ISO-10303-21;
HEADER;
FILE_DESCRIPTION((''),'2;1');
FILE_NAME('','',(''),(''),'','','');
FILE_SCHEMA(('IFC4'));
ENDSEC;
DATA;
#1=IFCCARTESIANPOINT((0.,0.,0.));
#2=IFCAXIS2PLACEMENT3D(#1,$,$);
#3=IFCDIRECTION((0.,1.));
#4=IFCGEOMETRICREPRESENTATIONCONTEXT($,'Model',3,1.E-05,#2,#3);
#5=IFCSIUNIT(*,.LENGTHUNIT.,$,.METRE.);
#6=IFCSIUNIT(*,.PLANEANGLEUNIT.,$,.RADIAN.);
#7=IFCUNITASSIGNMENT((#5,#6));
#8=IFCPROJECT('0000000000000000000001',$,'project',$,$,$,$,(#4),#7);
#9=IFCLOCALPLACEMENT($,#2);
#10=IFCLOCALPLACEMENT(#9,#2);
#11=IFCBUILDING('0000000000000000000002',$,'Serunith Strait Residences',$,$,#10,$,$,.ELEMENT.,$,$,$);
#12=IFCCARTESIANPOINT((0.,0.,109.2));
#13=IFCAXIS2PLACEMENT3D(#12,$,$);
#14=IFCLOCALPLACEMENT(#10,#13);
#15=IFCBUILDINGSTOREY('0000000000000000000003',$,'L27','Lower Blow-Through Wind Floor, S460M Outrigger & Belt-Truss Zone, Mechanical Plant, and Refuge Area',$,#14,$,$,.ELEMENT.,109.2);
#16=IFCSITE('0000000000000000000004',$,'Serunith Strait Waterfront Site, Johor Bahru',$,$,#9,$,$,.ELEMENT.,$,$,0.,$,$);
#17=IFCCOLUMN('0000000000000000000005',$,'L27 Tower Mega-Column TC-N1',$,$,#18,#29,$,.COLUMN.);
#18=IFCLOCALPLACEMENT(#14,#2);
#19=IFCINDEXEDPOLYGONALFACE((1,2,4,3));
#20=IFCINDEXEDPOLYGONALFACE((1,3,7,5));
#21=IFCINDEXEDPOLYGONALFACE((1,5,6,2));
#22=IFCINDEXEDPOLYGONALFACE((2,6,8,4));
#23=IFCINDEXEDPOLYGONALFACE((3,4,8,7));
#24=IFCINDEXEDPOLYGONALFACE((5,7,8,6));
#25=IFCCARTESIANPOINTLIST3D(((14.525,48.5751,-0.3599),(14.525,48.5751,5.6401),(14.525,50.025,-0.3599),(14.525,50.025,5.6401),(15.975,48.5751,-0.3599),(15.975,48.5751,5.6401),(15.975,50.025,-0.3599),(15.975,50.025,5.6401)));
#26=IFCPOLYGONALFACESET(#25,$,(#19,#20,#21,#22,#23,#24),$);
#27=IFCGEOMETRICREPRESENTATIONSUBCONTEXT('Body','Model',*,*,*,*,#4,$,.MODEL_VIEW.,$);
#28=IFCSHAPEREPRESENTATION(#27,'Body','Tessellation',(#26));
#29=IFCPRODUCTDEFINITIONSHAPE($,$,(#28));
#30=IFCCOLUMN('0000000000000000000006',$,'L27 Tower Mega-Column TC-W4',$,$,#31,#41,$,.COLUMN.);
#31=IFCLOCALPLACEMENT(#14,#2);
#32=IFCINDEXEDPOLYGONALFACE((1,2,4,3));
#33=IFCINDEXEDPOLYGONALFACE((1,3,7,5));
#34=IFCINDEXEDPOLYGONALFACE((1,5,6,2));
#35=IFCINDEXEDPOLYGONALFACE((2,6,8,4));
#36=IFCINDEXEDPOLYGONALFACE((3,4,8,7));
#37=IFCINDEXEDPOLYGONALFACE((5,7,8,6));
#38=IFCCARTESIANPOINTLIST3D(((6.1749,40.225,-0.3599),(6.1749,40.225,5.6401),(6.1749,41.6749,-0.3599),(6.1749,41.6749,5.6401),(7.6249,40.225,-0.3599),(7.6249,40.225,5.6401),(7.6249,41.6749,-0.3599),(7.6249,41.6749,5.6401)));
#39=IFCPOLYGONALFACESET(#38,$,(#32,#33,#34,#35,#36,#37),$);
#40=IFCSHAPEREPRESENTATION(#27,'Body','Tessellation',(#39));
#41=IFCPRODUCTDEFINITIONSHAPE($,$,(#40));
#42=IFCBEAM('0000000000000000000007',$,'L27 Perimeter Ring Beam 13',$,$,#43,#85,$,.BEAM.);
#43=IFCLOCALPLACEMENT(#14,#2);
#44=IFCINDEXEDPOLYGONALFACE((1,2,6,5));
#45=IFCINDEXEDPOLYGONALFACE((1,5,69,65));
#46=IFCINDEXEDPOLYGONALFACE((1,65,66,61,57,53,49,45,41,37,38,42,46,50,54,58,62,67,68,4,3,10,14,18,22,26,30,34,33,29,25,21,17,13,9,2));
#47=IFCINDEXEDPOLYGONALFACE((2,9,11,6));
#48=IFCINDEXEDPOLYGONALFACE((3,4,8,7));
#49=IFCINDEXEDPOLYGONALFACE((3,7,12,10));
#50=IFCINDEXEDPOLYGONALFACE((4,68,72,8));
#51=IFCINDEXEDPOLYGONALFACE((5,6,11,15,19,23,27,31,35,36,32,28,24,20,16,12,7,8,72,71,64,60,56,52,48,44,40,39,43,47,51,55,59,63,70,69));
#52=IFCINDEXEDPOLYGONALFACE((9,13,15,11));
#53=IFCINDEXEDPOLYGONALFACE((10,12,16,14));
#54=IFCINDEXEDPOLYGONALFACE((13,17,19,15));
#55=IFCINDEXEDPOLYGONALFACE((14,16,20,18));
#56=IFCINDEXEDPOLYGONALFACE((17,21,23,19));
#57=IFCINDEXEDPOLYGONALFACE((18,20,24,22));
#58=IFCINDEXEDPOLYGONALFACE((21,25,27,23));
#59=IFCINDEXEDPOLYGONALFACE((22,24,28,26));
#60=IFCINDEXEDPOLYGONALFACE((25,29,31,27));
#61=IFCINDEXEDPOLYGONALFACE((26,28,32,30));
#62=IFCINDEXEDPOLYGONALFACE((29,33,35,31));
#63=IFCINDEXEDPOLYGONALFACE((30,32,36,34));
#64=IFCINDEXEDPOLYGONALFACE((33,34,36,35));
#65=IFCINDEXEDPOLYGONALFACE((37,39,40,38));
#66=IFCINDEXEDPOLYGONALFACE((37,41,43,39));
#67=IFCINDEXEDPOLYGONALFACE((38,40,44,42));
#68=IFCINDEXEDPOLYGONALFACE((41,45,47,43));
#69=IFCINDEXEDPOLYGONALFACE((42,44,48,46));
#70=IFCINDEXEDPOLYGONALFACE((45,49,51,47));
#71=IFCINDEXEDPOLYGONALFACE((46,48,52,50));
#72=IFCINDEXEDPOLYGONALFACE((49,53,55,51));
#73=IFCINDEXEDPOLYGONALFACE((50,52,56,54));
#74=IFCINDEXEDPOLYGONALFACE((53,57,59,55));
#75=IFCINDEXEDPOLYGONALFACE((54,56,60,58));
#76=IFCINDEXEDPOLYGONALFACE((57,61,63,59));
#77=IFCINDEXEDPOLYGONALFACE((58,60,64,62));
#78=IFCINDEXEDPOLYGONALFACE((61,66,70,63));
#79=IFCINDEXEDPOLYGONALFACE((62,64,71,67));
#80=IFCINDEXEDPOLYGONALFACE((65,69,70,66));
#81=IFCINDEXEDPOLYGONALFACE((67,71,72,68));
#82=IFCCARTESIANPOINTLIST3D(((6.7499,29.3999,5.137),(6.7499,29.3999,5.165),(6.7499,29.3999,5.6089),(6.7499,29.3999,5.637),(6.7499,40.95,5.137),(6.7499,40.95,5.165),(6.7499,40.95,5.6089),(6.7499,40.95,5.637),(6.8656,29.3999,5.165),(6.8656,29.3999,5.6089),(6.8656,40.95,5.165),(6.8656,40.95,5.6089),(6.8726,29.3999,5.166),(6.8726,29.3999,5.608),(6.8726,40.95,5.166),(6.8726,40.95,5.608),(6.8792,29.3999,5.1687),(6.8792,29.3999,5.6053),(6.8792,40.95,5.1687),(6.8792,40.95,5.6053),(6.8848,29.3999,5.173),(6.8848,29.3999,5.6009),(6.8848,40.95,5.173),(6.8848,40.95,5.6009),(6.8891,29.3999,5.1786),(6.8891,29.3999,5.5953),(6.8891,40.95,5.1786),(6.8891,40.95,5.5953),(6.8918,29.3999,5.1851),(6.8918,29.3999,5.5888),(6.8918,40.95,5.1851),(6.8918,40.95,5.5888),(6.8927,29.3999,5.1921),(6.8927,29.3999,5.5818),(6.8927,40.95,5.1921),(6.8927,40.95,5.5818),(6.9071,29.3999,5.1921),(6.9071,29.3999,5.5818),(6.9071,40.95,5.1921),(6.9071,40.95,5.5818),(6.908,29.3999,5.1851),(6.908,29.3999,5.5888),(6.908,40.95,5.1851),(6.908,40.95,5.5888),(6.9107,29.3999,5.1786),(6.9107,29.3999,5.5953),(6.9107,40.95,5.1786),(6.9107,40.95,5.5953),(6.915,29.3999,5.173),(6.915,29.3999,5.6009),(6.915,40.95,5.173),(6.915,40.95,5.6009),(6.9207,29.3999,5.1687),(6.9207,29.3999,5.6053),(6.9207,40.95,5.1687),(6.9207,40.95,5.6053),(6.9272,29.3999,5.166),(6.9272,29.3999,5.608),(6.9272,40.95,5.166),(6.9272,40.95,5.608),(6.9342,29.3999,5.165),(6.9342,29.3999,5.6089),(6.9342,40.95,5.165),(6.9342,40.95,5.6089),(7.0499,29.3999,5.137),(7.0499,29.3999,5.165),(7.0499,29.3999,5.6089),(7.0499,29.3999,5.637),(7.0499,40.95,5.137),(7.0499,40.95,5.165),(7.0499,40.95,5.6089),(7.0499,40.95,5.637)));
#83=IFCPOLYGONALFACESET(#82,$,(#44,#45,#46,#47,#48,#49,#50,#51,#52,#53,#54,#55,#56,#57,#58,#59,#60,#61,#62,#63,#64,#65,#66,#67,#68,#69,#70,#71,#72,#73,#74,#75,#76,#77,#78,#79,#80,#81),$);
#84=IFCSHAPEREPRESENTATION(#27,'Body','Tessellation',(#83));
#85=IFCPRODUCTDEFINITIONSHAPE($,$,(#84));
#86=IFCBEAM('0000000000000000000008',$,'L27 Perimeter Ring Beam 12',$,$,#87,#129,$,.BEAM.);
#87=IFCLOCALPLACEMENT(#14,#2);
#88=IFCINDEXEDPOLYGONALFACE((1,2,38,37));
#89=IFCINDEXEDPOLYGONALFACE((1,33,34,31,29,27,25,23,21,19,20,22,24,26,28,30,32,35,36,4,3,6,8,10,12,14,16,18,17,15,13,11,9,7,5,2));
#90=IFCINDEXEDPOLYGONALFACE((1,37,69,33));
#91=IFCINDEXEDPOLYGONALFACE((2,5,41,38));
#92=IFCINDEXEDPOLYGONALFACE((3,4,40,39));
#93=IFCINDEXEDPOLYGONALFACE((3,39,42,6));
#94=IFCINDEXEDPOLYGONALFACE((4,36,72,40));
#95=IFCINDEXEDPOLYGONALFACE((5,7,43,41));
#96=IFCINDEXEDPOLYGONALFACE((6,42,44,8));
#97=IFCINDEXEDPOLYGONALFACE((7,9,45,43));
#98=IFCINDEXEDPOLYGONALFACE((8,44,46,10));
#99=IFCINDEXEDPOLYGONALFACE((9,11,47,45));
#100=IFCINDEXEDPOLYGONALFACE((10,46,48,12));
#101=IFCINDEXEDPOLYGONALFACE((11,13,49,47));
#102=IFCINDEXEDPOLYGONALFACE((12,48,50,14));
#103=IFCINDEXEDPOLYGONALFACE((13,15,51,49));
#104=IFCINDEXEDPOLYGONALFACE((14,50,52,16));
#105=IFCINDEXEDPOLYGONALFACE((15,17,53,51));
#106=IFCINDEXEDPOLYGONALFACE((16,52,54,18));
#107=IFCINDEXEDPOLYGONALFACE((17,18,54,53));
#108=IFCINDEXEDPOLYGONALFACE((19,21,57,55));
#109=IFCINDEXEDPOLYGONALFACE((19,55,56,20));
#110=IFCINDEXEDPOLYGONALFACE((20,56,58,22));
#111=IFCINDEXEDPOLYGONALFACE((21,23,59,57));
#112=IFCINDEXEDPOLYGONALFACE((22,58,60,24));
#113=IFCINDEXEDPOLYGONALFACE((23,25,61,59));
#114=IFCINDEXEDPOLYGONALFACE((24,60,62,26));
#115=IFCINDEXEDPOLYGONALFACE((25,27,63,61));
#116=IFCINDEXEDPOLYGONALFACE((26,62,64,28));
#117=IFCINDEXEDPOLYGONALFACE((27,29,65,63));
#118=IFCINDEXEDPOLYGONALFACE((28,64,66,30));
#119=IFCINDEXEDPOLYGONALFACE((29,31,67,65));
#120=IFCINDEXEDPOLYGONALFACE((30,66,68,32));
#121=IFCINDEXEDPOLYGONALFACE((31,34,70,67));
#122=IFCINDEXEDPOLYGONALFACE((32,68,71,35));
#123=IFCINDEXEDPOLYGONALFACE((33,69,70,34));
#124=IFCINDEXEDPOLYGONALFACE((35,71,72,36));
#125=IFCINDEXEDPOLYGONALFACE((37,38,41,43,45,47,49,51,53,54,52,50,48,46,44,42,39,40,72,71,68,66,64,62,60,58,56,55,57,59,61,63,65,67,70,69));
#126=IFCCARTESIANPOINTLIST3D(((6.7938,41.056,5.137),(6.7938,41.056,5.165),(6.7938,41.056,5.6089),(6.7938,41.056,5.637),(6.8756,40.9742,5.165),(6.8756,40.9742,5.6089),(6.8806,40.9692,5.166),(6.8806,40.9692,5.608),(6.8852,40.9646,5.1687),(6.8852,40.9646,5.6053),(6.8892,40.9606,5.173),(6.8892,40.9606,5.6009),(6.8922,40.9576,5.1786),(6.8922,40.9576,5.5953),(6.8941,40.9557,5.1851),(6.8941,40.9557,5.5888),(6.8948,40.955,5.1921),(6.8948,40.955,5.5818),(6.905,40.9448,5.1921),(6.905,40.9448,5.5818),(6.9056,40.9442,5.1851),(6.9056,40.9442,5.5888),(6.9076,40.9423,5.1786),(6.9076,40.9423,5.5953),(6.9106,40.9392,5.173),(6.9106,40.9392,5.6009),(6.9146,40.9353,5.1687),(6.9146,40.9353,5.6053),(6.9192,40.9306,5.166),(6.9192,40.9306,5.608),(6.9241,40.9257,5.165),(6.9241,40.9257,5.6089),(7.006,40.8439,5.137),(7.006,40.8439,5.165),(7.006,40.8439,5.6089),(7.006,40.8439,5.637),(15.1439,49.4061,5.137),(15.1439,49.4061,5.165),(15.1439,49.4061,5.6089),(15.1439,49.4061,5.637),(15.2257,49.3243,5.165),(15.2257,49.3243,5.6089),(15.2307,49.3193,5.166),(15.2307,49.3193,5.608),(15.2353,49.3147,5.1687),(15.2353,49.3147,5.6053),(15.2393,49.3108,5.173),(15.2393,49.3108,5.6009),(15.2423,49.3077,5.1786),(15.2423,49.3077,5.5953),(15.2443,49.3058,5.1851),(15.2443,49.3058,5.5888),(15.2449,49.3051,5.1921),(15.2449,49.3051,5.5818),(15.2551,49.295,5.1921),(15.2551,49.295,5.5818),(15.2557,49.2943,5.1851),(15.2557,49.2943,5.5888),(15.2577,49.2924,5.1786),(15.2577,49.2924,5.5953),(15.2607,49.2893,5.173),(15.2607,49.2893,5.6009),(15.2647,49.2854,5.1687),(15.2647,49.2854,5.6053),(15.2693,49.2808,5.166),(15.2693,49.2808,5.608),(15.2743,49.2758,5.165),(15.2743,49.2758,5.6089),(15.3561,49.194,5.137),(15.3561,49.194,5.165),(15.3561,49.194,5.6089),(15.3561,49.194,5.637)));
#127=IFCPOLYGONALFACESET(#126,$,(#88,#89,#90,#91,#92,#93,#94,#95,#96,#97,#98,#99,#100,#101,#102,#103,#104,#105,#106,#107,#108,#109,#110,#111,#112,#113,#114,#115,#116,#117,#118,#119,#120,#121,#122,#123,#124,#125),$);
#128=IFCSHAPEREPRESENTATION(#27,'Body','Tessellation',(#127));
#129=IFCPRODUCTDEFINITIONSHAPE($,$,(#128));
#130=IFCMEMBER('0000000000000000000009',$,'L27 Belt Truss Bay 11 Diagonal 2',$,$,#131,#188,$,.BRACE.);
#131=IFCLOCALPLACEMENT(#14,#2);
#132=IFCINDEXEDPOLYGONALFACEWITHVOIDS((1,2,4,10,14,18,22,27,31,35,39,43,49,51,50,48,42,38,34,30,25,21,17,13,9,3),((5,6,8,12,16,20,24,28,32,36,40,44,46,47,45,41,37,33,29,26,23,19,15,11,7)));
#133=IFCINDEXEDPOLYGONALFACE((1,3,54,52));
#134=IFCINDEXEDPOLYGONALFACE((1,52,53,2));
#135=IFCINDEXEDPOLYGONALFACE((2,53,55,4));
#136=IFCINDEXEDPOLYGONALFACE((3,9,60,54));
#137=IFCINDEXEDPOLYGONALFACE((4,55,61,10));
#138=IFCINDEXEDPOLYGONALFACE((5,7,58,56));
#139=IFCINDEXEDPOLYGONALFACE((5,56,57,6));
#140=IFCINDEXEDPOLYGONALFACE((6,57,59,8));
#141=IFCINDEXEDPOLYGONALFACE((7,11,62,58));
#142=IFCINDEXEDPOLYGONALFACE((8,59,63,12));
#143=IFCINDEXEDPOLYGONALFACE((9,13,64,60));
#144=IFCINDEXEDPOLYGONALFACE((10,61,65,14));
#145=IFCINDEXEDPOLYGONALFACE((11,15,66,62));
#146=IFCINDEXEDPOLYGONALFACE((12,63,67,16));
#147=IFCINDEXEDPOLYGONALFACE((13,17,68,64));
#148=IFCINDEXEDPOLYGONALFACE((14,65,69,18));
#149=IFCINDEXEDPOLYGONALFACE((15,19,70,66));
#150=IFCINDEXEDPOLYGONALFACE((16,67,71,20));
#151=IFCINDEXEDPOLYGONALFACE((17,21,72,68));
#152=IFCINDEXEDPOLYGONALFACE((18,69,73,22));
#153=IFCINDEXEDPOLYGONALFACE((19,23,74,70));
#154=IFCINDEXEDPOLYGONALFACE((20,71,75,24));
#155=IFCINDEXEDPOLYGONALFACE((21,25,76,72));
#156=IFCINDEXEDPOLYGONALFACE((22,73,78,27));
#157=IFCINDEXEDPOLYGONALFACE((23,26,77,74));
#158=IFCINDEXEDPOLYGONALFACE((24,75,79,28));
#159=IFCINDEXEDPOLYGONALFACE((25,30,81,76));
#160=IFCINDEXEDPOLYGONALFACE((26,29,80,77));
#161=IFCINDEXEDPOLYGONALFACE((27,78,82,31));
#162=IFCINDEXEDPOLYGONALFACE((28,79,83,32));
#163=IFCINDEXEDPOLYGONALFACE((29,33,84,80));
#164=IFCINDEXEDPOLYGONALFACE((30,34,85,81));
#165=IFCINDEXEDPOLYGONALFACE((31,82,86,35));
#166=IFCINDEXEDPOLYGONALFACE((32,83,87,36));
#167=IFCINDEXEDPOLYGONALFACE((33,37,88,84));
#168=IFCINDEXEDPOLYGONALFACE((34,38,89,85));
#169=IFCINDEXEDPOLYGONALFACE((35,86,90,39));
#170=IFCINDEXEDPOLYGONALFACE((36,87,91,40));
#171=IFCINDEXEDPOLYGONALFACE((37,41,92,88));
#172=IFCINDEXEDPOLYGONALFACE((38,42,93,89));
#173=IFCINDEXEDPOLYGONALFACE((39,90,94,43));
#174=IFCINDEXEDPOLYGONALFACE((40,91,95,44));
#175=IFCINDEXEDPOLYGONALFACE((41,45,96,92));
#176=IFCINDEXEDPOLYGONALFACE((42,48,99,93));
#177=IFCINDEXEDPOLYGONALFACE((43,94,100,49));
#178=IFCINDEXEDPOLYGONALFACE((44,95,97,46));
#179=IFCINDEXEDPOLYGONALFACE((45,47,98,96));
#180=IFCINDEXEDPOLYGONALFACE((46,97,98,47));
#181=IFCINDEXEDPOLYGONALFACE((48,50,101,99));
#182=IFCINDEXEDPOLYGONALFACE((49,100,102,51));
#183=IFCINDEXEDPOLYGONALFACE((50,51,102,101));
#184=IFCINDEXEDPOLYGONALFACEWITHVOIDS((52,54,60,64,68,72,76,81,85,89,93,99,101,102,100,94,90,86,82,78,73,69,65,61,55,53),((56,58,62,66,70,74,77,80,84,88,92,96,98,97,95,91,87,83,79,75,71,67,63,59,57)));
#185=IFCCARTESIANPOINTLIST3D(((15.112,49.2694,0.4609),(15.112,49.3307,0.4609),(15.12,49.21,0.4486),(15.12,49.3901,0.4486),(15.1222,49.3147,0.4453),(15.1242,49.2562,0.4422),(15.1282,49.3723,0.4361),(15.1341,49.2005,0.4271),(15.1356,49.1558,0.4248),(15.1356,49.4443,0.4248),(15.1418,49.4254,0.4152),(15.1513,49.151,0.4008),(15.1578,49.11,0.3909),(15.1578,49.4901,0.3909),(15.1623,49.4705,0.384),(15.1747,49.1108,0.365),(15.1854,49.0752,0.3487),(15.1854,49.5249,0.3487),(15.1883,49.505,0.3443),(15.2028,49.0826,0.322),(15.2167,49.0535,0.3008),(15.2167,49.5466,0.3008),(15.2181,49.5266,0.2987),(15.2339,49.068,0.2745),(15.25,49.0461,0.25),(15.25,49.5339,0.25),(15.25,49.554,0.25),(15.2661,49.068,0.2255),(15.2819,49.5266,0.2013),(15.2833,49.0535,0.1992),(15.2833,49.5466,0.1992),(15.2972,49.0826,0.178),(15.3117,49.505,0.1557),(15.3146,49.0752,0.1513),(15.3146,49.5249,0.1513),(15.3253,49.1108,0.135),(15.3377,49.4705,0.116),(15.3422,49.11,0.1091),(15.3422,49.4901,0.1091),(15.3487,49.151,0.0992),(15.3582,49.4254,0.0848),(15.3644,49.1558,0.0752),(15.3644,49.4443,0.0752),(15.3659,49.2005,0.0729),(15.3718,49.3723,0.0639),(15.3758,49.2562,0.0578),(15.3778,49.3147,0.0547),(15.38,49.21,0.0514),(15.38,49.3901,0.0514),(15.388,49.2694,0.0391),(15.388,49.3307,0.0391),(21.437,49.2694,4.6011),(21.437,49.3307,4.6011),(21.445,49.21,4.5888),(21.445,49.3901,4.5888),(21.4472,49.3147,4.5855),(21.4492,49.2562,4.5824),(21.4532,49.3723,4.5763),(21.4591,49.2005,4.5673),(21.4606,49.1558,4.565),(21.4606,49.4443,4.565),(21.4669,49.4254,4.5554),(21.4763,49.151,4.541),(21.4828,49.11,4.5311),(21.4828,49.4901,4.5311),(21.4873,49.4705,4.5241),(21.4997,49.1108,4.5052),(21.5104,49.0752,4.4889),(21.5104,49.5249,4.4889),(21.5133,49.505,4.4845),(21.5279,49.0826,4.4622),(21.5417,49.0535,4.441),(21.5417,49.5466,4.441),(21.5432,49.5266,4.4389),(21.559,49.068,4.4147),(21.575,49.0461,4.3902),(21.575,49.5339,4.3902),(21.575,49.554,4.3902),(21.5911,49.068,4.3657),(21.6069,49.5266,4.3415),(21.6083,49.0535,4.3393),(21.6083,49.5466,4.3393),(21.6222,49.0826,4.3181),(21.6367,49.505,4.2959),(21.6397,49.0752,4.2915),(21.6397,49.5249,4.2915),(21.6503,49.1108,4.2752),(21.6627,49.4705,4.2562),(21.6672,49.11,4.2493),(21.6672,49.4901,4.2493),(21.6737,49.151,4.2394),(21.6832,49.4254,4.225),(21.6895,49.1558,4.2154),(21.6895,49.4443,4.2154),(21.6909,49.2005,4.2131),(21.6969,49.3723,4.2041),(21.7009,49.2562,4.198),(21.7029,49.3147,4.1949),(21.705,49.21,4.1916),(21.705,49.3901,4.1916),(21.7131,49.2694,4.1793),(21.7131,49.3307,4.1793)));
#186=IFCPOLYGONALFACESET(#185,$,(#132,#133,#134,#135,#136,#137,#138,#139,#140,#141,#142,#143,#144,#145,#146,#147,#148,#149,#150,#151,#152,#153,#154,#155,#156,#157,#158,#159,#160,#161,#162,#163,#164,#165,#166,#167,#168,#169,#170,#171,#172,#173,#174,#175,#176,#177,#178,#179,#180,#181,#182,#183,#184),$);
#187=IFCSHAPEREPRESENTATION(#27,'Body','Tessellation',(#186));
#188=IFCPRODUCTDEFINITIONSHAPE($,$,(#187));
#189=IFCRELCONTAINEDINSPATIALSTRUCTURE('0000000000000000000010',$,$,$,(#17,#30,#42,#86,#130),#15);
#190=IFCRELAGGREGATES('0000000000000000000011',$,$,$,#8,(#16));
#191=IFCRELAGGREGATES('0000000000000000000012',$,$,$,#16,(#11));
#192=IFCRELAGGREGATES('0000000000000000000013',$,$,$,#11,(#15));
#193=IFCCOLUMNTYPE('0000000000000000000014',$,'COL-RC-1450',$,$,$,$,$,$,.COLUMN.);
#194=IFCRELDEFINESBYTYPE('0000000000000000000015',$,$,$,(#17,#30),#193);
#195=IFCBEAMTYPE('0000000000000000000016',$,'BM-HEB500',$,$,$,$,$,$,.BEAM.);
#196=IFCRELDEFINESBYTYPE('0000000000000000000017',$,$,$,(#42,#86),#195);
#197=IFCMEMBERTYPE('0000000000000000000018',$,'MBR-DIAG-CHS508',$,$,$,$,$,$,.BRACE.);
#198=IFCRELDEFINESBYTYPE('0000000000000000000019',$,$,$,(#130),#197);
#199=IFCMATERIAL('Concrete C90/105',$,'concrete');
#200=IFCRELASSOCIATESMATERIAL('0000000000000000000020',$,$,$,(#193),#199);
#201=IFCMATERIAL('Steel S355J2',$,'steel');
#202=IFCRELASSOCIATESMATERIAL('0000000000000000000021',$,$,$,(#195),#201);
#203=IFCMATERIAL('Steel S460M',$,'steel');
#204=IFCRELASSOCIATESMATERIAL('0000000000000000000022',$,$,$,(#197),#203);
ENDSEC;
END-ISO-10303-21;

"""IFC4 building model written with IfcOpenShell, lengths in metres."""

from ifc_helpers import new_model, si_unit, direction, frame, origin, origin_2d, place, context, subcontext, project, spatial, rectangle, hollow_circle, i_section, extrude, source, transform, mapped, material, material_profile, profile_set, type_object, element, save


model = new_model("IFC4")

# Units and contexts
model_context = context("Model", 3, precision=1e-05, world=origin(), true_north=direction((0.0, 1.0)))
body_context = subcontext(model_context, "Body", "Model", "MODEL_VIEW")
ifc_project = project(units=[si_unit("LENGTHUNIT", "METRE"), si_unit("PLANEANGLEUNIT", "RADIAN")], contexts=[model_context])

# Site, building, storey
site_placement = place(None, origin())
site = spatial("IfcSite", under=ifc_project, at=site_placement, Name="Serunith Strait Waterfront Site, Johor Bahru", CompositionType="ELEMENT", RefElevation=0.0)
building_placement = place(site_placement, origin())
building = spatial("IfcBuilding", under=site, at=building_placement, Name="Serunith Strait Residences", CompositionType="ELEMENT")
storey_placement = place(building_placement, frame((0.0, 0.0, 109.2)))
storey = spatial("IfcBuildingStorey", under=building, at=storey_placement, Name="L27", Description="Lower Blow-Through Wind Floor, S460M Outrigger & Belt-Truss Zone, Mechanical Plant, and Refuge Area", CompositionType="ELEMENT", Elevation=109.2)

# Columns
ifc_material_1 = material(Name="Concrete C90/105", Category="concrete")
ifc_material_profile_1 = material_profile(ifc_material_1, rectangle(XDim=1.45, YDim=1.45, at=origin_2d()), Name="RC 1450x1450")
ifc_profile_set_1 = profile_set([ifc_material_profile_1], Name="Concrete C90/105")
column_type = type_object("IfcColumnType", Name="COL-RC-1450", PredefinedType="COLUMN", material=ifc_profile_set_1)
shared_shape_1 = source(origin(), body_context, "Body", "SweptSolid", [
    extrude(rectangle(XDim=1.45, YDim=1.45, at=origin_2d()), origin(), (0.0, 0.0, 1.0), 6.0),
])
for number, where, z_axis, x_axis, name in (
    (1, (15.25, 49.3, -0.3599), (0.0, 0.0, 1.0), (1.0, 0.0, 0.0), "L27 Tower Mega-Column TC-N1"),
    (2, (6.8999, 40.95, -0.3599), (0.0, 0.0, 1.0), (1.0, 0.0, 0.0), "L27 Tower Mega-Column TC-W4"),
):
    element("IfcColumn", number, at=place(storey_placement, frame(where, z_axis=z_axis, x_axis=x_axis)), inside=storey, type_object=column_type, Name=name, PredefinedType="COLUMN", context=body_context, shape_type="MappedRepresentation", body=[
        mapped(shared_shape_1, transform((0.0, 0.0, 0.0), scale=1.0)),
    ])

# Beams
ifc_material_2 = material(Name="Steel S355J2", Category="steel")
ifc_material_profile_2 = material_profile(ifc_material_2, i_section(OverallWidth=0.3, OverallDepth=0.5, WebThickness=0.0144, FlangeThickness=0.0281, FilletRadius=0.0271, at=origin_2d()), Name="HEB 500")
ifc_profile_set_2 = profile_set([ifc_material_profile_2], Name="Steel S355J2")
beam_type = type_object("IfcBeamType", Name="BM-HEB500", PredefinedType="BEAM", material=ifc_profile_set_2)
shared_shape_2 = source(origin(), body_context, "Body", "SweptSolid", [
    extrude(i_section(OverallWidth=0.3, OverallDepth=0.5, WebThickness=0.0144, FlangeThickness=0.0281, FilletRadius=0.0271, at=origin_2d()), origin(), (0.0, 0.0, 1.0), 11.55),
])
beam_1_placement = place(storey_placement, frame((6.8999, 40.95, 5.387), z_axis=(0.0, -1.0, 0.0), x_axis=(1.0, 0.0, 0.0)))
element("IfcBeam", 3, at=beam_1_placement, inside=storey, type_object=beam_type, Name="L27 Perimeter Ring Beam 13", PredefinedType="BEAM", context=body_context, shape_type="MappedRepresentation", body=[
    mapped(shared_shape_2, transform((0.0, 0.0, 0.0), scale=1.0)),
])
shared_shape_3 = source(origin(), body_context, "Body", "SweptSolid", [
    extrude(i_section(OverallWidth=0.3, OverallDepth=0.5, WebThickness=0.0144, FlangeThickness=0.0281, FilletRadius=0.0271, at=origin_2d()), origin(), (0.0, 0.0, 1.0), 11.8088),
])
beam_2_placement = place(storey_placement, frame((15.25, 49.3, 5.387), z_axis=(-0.707107, -0.707107, 0.0), x_axis=(0.707107, -0.707107, 0.0)))
element("IfcBeam", 4, at=beam_2_placement, inside=storey, type_object=beam_type, Name="L27 Perimeter Ring Beam 12", PredefinedType="BEAM", context=body_context, shape_type="MappedRepresentation", body=[
    mapped(shared_shape_3, transform((0.0, 0.0, 0.0), scale=1.0)),
])

# Member
ifc_material_3 = material(Name="Steel S460M", Category="steel")
ifc_material_profile_3 = material_profile(ifc_material_3, hollow_circle(Radius=0.2539, WallThickness=0.02, at=origin_2d()), Name="CHS 508x20")
ifc_profile_set_3 = profile_set([ifc_material_profile_3], Name="Steel S460M")
member_type_1 = type_object("IfcMemberType", Name="MBR-DIAG-CHS508", PredefinedType="BRACE", material=ifc_profile_set_3)
shared_shape_4 = source(origin(), body_context, "Body", "SweptSolid", [
    extrude(hollow_circle(Radius=0.2539, WallThickness=0.02, at=origin_2d()), origin(), (0.0, 0.0, 1.0), 7.5596),
])
member_1_placement = place(storey_placement, frame((15.25, 49.3, 0.25), z_axis=(0.836691, 0.0, 0.547675), x_axis=(0.0, 1.0, 0.0)))
element("IfcMember", 5, at=member_1_placement, inside=storey, type_object=member_type_1, Name="L27 Belt Truss Bay 11 Diagonal 2", PredefinedType="BRACE", context=body_context, shape_type="MappedRepresentation", body=[
    mapped(shared_shape_4, transform((0.0, 0.0, 0.0), scale=1.0)),
])

save(model, "model.ifc")
